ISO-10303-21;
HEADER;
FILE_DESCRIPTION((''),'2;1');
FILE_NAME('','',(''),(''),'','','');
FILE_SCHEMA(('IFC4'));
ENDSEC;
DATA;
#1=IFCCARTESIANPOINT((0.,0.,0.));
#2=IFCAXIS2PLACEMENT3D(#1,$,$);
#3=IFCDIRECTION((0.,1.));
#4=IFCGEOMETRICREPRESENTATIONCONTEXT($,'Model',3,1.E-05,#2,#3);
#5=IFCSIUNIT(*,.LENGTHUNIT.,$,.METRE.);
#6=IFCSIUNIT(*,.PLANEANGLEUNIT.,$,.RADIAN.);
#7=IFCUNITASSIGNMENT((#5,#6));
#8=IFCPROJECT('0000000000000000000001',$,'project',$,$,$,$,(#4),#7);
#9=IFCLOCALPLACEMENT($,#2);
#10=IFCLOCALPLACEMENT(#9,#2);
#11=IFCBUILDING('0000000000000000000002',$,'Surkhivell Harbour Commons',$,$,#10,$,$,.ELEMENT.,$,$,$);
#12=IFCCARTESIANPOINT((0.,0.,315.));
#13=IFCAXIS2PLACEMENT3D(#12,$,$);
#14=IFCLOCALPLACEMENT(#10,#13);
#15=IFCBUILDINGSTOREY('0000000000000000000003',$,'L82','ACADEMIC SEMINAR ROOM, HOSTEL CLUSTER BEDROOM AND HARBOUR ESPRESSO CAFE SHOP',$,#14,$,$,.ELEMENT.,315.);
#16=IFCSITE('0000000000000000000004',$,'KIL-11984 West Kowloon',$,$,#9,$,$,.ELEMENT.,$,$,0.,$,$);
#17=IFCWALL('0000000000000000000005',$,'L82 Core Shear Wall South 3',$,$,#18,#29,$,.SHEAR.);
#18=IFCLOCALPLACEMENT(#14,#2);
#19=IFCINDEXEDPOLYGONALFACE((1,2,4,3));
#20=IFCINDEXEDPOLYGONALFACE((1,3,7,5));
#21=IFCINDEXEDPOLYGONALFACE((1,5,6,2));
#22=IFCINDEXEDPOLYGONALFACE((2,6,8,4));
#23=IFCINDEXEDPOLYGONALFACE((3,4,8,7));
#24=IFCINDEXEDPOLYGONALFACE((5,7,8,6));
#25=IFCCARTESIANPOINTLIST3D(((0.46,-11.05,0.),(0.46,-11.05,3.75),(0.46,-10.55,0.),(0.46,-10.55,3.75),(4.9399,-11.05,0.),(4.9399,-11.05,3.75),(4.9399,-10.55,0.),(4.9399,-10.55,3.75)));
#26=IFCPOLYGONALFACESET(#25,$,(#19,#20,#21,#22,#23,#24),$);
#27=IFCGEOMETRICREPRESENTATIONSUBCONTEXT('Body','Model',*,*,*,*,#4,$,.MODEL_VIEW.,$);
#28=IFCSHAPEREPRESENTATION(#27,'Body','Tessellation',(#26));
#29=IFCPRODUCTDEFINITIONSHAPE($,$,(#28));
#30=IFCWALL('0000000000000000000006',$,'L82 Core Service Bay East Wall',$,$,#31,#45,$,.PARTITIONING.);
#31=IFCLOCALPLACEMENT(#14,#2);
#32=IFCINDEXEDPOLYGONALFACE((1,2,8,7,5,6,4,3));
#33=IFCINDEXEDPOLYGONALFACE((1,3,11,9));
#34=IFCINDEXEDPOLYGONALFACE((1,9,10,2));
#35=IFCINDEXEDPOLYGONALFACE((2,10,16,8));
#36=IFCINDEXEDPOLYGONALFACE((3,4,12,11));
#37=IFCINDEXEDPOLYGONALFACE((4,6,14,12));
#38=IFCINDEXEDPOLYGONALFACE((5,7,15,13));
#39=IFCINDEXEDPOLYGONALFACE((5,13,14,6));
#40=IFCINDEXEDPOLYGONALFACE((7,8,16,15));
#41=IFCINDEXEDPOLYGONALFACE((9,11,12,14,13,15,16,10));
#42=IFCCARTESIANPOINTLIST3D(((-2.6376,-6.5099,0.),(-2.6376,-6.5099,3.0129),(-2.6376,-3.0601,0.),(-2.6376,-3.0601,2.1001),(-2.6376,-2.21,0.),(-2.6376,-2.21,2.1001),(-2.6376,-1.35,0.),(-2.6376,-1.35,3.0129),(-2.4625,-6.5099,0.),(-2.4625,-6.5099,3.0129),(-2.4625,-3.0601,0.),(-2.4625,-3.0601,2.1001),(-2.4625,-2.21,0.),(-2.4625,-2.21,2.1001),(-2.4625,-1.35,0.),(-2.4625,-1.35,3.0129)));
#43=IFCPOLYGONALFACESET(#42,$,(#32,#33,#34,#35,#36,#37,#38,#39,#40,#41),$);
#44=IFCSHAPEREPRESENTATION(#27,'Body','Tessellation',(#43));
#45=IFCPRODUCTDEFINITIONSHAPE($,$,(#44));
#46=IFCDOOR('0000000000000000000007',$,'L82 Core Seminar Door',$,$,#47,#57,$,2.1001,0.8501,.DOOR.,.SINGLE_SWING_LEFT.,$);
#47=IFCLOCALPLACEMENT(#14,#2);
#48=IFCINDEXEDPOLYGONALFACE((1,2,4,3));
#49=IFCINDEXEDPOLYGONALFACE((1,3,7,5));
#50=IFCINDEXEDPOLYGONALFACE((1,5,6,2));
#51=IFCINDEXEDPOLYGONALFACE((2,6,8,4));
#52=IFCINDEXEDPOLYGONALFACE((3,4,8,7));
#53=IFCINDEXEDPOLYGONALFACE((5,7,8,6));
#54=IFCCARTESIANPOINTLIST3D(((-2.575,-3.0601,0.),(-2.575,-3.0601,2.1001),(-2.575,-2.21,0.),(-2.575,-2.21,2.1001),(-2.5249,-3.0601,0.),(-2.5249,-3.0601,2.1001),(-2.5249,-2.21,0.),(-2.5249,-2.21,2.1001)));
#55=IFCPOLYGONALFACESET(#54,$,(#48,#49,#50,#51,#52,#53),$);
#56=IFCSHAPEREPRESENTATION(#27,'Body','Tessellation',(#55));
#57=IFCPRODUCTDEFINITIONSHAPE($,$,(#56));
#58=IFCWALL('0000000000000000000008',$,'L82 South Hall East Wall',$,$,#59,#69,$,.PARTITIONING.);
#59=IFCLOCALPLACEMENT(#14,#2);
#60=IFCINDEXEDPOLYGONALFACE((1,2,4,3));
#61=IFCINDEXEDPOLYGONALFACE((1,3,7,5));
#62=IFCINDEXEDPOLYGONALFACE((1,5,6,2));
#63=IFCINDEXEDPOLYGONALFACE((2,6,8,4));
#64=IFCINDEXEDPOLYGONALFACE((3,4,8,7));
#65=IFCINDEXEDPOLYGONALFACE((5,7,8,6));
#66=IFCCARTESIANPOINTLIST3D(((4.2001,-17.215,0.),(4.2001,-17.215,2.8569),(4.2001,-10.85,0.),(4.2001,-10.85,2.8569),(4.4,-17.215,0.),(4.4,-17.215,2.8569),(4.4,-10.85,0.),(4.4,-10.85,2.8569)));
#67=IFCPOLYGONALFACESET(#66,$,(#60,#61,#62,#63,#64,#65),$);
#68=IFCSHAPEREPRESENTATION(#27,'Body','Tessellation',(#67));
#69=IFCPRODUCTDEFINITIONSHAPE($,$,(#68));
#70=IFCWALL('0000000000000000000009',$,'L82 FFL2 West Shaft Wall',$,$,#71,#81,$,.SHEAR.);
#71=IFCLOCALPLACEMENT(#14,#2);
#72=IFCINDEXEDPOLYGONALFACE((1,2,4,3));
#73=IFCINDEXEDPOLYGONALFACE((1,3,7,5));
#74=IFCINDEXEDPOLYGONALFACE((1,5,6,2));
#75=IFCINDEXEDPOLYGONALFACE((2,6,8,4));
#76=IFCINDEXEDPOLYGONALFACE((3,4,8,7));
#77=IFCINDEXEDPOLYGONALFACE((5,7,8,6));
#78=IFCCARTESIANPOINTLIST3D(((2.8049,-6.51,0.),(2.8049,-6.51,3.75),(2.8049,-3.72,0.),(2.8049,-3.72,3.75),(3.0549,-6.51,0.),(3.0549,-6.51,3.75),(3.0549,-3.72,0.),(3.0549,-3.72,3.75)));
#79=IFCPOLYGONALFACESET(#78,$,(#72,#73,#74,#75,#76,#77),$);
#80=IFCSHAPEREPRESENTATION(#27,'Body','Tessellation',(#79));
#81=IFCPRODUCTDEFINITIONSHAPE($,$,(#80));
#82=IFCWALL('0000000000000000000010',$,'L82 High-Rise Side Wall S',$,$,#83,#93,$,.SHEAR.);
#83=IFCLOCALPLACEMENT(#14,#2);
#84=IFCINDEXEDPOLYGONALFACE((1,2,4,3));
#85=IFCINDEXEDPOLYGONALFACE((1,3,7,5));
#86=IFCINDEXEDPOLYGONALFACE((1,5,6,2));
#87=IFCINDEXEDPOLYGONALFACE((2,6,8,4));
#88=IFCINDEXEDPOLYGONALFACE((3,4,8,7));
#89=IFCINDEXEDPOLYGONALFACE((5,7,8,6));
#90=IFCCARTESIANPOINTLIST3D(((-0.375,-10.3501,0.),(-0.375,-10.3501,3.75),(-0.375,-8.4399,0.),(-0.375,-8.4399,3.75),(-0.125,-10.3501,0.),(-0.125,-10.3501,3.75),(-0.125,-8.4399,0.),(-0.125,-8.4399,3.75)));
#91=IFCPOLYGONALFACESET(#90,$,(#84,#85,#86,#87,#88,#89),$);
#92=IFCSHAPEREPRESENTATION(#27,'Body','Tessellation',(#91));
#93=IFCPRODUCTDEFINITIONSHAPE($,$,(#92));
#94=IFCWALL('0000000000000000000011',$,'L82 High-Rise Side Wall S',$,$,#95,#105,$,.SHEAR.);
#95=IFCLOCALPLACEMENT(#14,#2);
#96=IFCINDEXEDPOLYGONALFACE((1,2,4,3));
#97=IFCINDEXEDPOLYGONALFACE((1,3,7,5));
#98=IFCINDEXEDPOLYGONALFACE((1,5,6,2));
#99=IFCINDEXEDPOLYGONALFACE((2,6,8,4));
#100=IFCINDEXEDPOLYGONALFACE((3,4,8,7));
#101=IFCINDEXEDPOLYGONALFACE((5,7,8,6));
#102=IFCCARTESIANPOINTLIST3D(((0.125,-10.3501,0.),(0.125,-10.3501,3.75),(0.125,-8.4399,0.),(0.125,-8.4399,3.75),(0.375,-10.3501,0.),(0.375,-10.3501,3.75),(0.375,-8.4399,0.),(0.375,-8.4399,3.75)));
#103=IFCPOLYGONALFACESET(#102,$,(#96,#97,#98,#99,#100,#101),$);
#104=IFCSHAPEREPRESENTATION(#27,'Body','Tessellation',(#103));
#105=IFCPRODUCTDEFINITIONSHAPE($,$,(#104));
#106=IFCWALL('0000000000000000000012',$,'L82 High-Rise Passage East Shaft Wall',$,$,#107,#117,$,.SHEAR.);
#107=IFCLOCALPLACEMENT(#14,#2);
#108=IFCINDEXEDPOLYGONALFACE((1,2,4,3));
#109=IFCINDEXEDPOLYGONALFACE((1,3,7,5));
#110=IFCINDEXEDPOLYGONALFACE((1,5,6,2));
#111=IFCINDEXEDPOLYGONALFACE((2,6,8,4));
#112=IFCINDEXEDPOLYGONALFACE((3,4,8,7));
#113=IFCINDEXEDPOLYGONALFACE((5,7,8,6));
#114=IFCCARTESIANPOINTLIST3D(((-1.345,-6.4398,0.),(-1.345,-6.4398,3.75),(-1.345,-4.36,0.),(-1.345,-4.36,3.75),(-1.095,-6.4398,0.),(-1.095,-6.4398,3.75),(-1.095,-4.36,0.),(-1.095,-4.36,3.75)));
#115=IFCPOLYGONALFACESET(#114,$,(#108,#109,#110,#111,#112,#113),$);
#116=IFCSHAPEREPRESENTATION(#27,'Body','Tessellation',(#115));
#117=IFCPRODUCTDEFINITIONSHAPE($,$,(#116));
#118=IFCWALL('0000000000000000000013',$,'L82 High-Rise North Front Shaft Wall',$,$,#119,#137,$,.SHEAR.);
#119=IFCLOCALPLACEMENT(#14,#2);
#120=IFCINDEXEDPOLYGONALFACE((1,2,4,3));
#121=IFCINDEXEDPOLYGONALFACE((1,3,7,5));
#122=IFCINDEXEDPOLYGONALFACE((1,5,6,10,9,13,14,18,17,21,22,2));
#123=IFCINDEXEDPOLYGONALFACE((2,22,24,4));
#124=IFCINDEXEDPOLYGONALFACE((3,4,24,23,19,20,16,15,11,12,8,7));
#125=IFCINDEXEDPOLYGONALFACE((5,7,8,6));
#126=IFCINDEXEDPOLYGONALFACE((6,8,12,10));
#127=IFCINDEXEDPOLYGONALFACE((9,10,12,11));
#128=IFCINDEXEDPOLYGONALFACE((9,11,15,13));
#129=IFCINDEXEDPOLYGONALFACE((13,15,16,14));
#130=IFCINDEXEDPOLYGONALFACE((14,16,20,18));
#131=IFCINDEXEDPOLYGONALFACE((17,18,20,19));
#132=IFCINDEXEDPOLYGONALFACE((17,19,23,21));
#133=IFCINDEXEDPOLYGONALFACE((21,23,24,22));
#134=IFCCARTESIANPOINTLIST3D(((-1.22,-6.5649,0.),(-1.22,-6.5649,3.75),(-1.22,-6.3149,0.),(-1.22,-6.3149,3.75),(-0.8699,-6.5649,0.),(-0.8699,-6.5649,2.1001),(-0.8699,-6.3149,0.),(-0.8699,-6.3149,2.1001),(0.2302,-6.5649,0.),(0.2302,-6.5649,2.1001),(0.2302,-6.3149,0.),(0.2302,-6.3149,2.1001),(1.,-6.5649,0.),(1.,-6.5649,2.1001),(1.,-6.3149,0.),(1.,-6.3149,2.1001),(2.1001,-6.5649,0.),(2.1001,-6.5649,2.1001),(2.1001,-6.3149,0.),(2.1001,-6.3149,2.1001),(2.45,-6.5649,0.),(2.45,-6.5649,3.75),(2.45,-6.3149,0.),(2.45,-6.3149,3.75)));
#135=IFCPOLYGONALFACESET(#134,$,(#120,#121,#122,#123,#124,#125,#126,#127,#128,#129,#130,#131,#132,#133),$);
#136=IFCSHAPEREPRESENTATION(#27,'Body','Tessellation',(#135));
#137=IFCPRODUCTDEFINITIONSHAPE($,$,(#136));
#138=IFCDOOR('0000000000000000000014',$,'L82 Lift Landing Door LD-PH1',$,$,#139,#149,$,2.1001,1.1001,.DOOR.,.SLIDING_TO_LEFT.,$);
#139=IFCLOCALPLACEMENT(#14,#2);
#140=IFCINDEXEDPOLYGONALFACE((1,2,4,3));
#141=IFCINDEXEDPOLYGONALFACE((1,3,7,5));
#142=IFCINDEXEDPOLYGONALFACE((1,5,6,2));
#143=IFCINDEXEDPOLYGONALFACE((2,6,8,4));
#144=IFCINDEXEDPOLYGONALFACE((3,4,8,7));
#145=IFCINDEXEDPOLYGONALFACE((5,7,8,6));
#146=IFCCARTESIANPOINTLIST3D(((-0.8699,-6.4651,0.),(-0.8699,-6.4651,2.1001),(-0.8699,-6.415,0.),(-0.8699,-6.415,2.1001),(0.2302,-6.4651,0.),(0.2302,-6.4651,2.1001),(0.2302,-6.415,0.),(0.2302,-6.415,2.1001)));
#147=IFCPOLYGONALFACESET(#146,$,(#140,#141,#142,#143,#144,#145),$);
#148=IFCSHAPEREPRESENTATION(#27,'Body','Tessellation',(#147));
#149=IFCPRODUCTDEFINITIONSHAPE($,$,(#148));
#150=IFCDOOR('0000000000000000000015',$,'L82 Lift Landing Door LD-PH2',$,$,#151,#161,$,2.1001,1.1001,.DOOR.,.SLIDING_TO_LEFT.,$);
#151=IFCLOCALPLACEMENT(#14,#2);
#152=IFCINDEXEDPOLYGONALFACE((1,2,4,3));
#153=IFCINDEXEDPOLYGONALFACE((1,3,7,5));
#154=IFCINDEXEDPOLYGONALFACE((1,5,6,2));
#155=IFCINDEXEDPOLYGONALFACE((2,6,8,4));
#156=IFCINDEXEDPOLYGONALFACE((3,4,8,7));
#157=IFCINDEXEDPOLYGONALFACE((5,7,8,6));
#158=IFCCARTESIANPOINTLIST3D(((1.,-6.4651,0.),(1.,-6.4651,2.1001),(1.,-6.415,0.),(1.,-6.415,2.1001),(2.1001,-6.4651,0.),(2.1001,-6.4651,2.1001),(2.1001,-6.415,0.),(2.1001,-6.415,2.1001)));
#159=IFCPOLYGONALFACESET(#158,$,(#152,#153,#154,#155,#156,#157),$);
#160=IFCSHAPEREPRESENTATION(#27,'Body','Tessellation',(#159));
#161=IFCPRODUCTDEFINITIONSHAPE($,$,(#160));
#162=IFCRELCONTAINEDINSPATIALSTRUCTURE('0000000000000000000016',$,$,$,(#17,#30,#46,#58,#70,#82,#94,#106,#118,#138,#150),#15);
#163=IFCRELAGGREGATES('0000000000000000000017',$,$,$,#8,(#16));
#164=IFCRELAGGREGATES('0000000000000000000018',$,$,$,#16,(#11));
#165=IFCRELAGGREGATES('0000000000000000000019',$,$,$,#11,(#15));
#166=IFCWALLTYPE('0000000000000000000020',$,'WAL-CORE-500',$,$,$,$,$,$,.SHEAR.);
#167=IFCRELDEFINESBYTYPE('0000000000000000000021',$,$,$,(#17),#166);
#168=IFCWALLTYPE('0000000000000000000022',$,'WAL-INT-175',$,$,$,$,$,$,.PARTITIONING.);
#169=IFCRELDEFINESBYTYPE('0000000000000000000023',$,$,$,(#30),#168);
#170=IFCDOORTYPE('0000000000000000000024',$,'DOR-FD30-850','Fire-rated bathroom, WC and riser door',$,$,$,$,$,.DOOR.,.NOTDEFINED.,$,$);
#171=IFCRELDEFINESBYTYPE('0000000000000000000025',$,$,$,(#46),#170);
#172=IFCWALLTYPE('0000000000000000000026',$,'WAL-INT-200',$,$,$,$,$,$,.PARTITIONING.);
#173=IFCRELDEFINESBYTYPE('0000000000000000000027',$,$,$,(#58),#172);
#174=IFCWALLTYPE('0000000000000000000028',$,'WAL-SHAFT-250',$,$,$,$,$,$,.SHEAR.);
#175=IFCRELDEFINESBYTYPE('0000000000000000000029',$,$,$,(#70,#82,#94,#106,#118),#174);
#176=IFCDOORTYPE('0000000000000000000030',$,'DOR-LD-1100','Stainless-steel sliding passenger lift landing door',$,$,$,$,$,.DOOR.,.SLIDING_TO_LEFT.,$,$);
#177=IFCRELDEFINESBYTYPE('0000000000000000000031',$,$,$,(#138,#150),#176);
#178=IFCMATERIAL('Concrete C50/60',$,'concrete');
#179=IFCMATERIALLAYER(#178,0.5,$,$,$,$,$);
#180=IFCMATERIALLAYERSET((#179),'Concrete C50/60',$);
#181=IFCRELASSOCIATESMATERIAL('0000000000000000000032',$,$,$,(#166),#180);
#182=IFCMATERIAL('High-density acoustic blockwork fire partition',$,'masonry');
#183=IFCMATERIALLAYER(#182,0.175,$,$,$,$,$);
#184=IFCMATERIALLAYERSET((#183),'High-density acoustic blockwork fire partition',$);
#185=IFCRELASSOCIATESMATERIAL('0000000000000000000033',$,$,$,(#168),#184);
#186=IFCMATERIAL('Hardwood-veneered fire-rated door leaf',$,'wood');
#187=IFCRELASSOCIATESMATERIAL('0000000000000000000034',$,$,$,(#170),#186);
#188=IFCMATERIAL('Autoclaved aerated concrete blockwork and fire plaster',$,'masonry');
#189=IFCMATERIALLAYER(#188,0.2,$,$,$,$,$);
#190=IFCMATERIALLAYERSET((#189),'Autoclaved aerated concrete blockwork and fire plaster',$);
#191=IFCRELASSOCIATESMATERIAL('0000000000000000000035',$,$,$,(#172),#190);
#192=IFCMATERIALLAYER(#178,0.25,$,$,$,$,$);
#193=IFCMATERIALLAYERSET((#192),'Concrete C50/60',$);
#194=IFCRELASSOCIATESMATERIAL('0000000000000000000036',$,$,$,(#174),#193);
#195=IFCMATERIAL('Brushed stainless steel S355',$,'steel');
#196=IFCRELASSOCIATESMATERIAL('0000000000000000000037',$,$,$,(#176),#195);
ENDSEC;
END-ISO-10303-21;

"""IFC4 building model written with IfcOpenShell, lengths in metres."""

from ifc_helpers import new_model, si_unit, direction, frame, frame_2d, origin, place, context, subcontext, project, spatial, rectangle, extrude, material, layer, layer_set, type_object, element, fill, save


model = new_model("IFC4")

# Units and contexts
model_context = context("Model", 3, precision=1e-05, world=origin(), true_north=direction((0.0, 1.0)))
body_context = subcontext(model_context, "Body", "Model", "MODEL_VIEW")
ifc_project = project(units=[si_unit("LENGTHUNIT", "METRE"), si_unit("PLANEANGLEUNIT", "RADIAN")], contexts=[model_context])

# Site, building, storey
site_placement = place(None, origin())
site = spatial("IfcSite", under=ifc_project, at=site_placement, Name="KIL-11984 West Kowloon", CompositionType="ELEMENT", RefElevation=0.0)
building_placement = place(site_placement, origin())
building = spatial("IfcBuilding", under=site, at=building_placement, Name="Surkhivell Harbour Commons", CompositionType="ELEMENT")
storey_placement = place(building_placement, frame((0.0, 0.0, 315.0)))
storey = spatial("IfcBuildingStorey", under=building, at=storey_placement, Name="L82", Description="ACADEMIC SEMINAR ROOM, HOSTEL CLUSTER BEDROOM AND HARBOUR ESPRESSO CAFE SHOP", CompositionType="ELEMENT", Elevation=315.0)

# Shared definitions
ifc_material_1 = material(Name="Concrete C50/60", Category="concrete")

# Wall
ifc_layer_1 = layer(ifc_material_1, 0.5)
ifc_layer_set_1 = layer_set([ifc_layer_1], Name="Concrete C50/60")
wall_type_1 = type_object("IfcWallType", Name="WAL-CORE-500", PredefinedType="SHEAR", material=ifc_layer_set_1)
wall_1_placement = place(storey_placement, frame((0.46, -10.8, 0.0), z_axis=(0.0, 0.0, 1.0), x_axis=(1.0, 0.0, 0.0)))
element("IfcWall", 1, at=wall_1_placement, inside=storey, type_object=wall_type_1, Name="L82 Core Shear Wall South 3", PredefinedType="SHEAR", context=body_context, shape_type="SweptSolid", body=[
    extrude(rectangle(XDim=4.48, YDim=0.5, at=frame_2d((2.24, 0.0))), origin(), (0.0, 0.0, 1.0), 3.75),
])

# Wall, opening, door
ifc_material_2 = material(Name="High-density acoustic blockwork fire partition", Category="masonry")
ifc_layer_2 = layer(ifc_material_2, 0.175)
ifc_layer_set_2 = layer_set([ifc_layer_2], Name="High-density acoustic blockwork fire partition")
wall_type_2 = type_object("IfcWallType", Name="WAL-INT-175", PredefinedType="PARTITIONING", material=ifc_layer_set_2)
wall_2_placement = place(storey_placement, frame((-2.55, -6.51, 0.0), z_axis=(0.0, 0.0, 1.0), x_axis=(0.0, 1.0, 0.0)))
wall_2 = element("IfcWall", 2, at=wall_2_placement, inside=storey, type_object=wall_type_2, Name="L82 Core Service Bay East Wall", PredefinedType="PARTITIONING", context=body_context, shape_type="SweptSolid", body=[
    extrude(rectangle(XDim=5.1599, YDim=0.175, at=frame_2d((2.5801, 0.0))), origin(), (0.0, 0.0, 1.0), 3.0129),
])
opening_1_placement = place(wall_2_placement, frame((3.45, 0.0, 0.0)))
opening_1 = element("IfcOpeningElement", 3, at=opening_1_placement, cuts=wall_2, PredefinedType="OPENING", context=body_context, shape_type="SweptSolid", body=[
    extrude(rectangle(XDim=0.8501, YDim=2.1001, at=frame_2d((0.425, 1.05))), frame((0.0, 0.0974, 0.0), z_axis=(0.0, -1.0, 0.0), x_axis=(1.0, 0.0, 0.0)), (0.0, 0.0, 1.0), 0.1951),
])
ifc_material_3 = material(Name="Hardwood-veneered fire-rated door leaf", Category="wood")
door_type_1 = type_object("IfcDoorType", Name="DOR-FD30-850", Description="Fire-rated bathroom, WC and riser door", OperationType="NOTDEFINED", PredefinedType="DOOR", material=ifc_material_3)
door_1_placement = place(opening_1_placement, origin())
door_1 = element("IfcDoor", 4, at=door_1_placement, inside=storey, type_object=door_type_1, Name="L82 Core Seminar Door", OperationType="SINGLE_SWING_LEFT", OverallHeight=2.1001, OverallWidth=0.8501, PredefinedType="DOOR", context=body_context, shape_type="SweptSolid", body=[
    extrude(rectangle(XDim=0.8501, YDim=2.1001, at=frame_2d((0.425, 1.05))), frame((0.0, 0.0249, 0.0), z_axis=(0.0, -1.0, 0.0), x_axis=(1.0, 0.0, 0.0)), (0.0, 0.0, 1.0), 0.05),
])
fill(opening_1, door_1)

# Walls
ifc_material_4 = material(Name="Autoclaved aerated concrete blockwork and fire plaster", Category="masonry")
ifc_layer_3 = layer(ifc_material_4, 0.2)
ifc_layer_set_3 = layer_set([ifc_layer_3], Name="Autoclaved aerated concrete blockwork and fire plaster")
wall_type_3 = type_object("IfcWallType", Name="WAL-INT-200", PredefinedType="PARTITIONING", material=ifc_layer_set_3)
wall_3_placement = place(storey_placement, frame((4.3, -17.2151, 0.0), z_axis=(0.0, 0.0, 1.0), x_axis=(0.0, 1.0, 0.0)))
element("IfcWall", 5, at=wall_3_placement, inside=storey, type_object=wall_type_3, Name="L82 South Hall East Wall", PredefinedType="PARTITIONING", context=body_context, shape_type="SweptSolid", body=[
    extrude(rectangle(XDim=6.365, YDim=0.2, at=frame_2d((3.1826, 0.0))), origin(), (0.0, 0.0, 1.0), 2.8569),
])
ifc_layer_4 = layer(ifc_material_1, 0.25)
ifc_layer_set_4 = layer_set([ifc_layer_4], Name="Concrete C50/60")
wall_type_4 = type_object("IfcWallType", Name="WAL-SHAFT-250", PredefinedType="SHEAR", material=ifc_layer_set_4)
wall_4_placement = place(storey_placement, frame((2.9299, -6.51, 0.0), z_axis=(0.0, 0.0, 1.0), x_axis=(0.0, 1.0, 0.0)))
element("IfcWall", 6, at=wall_4_placement, inside=storey, type_object=wall_type_4, Name="L82 FFL2 West Shaft Wall", PredefinedType="SHEAR", context=body_context, shape_type="SweptSolid", body=[
    extrude(rectangle(XDim=2.79, YDim=0.25, at=frame_2d((1.395, 0.0))), origin(), (0.0, 0.0, 1.0), 3.75),
])
for number, where, z_axis, x_axis, name in (
    (7, (-0.25, -10.3501, 0.0), (0.0, 0.0, 1.0), (0.0, 1.0, 0.0), "L82 High-Rise Side Wall S"),
    (8, (0.25, -10.3501, 0.0), (0.0, 0.0, 1.0), (0.0, 1.0, 0.0), "L82 High-Rise Side Wall S"),
):
    element("IfcWall", number, at=place(storey_placement, frame(where, z_axis=z_axis, x_axis=x_axis)), inside=storey, type_object=wall_type_4, Name=name, PredefinedType="SHEAR", context=body_context, shape_type="SweptSolid", body=[
        extrude(rectangle(XDim=1.9102, YDim=0.25, at=frame_2d((0.9551, 0.0))), origin(), (0.0, 0.0, 1.0), 3.75),
    ])
wall_5_placement = place(storey_placement, frame((-1.22, -6.4399, 0.0), z_axis=(0.0, 0.0, 1.0), x_axis=(0.0, 1.0, 0.0)))
element("IfcWall", 9, at=wall_5_placement, inside=storey, type_object=wall_type_4, Name="L82 High-Rise Passage East Shaft Wall", PredefinedType="SHEAR", context=body_context, shape_type="SweptSolid", body=[
    extrude(rectangle(XDim=2.0798, YDim=0.25, at=frame_2d((1.04, 0.0))), origin(), (0.0, 0.0, 1.0), 3.75),
])

# Wall, openings, doors
wall_6_placement = place(storey_placement, frame((-1.22, -6.4399, 0.0), z_axis=(0.0, 0.0, 1.0), x_axis=(1.0, 0.0, 0.0)))
wall_6 = element("IfcWall", 10, at=wall_6_placement, inside=storey, type_object=wall_type_4, Name="L82 High-Rise North Front Shaft Wall", PredefinedType="SHEAR", context=body_context, shape_type="SweptSolid", body=[
    extrude(rectangle(XDim=3.6699, YDim=0.25, at=frame_2d((1.835, 0.0))), origin(), (0.0, 0.0, 1.0), 3.75),
])
opening_2_placement = place(wall_6_placement, frame((0.3501, 0.0, 0.0)))
opening_2 = element("IfcOpeningElement", 11, at=opening_2_placement, cuts=wall_6, PredefinedType="OPENING", context=body_context, shape_type="SweptSolid", body=[
    extrude(rectangle(XDim=1.1001, YDim=2.1001, at=frame_2d((0.55, 1.05))), frame((0.0, 0.135, 0.0), z_axis=(0.0, -1.0, 0.0), x_axis=(1.0, 0.0, 0.0)), (0.0, 0.0, 1.0), 0.27),
])
opening_3_placement = place(wall_6_placement, frame((2.22, 0.0, 0.0)))
opening_3 = element("IfcOpeningElement", 12, at=opening_3_placement, cuts=wall_6, PredefinedType="OPENING", context=body_context, shape_type="SweptSolid", body=[
    extrude(rectangle(XDim=1.1001, YDim=2.1001, at=frame_2d((0.55, 1.05))), frame((0.0, 0.135, 0.0), z_axis=(0.0, -1.0, 0.0), x_axis=(1.0, 0.0, 0.0)), (0.0, 0.0, 1.0), 0.27),
])
ifc_material_5 = material(Name="Brushed stainless steel S355", Category="steel")
door_type_2 = type_object("IfcDoorType", Name="DOR-LD-1100", Description="Stainless-steel sliding passenger lift landing door", OperationType="SLIDING_TO_LEFT", PredefinedType="DOOR", material=ifc_material_5)
door_2_placement = place(opening_2_placement, origin())
door_2 = element("IfcDoor", 13, at=door_2_placement, inside=storey, type_object=door_type_2, Name="L82 Lift Landing Door LD-PH1", OperationType="SLIDING_TO_LEFT", OverallHeight=2.1001, OverallWidth=1.1001, PredefinedType="DOOR", context=body_context, shape_type="SweptSolid", body=[
    extrude(rectangle(XDim=1.1001, YDim=2.1001, at=frame_2d((0.55, 1.05))), frame((0.0, 0.0249, 0.0), z_axis=(0.0, -1.0, 0.0), x_axis=(1.0, 0.0, 0.0)), (0.0, 0.0, 1.0), 0.05),
])
fill(opening_2, door_2)
door_3_placement = place(opening_3_placement, origin())
door_3 = element("IfcDoor", 14, at=door_3_placement, inside=storey, type_object=door_type_2, Name="L82 Lift Landing Door LD-PH2", OperationType="SLIDING_TO_LEFT", OverallHeight=2.1001, OverallWidth=1.1001, PredefinedType="DOOR", context=body_context, shape_type="SweptSolid", body=[
    extrude(rectangle(XDim=1.1001, YDim=2.1001, at=frame_2d((0.55, 1.05))), frame((0.0, 0.0249, 0.0), z_axis=(0.0, -1.0, 0.0), x_axis=(1.0, 0.0, 0.0)), (0.0, 0.0, 1.0), 0.05),
])
fill(opening_3, door_3)

save(model, "model.ifc")
